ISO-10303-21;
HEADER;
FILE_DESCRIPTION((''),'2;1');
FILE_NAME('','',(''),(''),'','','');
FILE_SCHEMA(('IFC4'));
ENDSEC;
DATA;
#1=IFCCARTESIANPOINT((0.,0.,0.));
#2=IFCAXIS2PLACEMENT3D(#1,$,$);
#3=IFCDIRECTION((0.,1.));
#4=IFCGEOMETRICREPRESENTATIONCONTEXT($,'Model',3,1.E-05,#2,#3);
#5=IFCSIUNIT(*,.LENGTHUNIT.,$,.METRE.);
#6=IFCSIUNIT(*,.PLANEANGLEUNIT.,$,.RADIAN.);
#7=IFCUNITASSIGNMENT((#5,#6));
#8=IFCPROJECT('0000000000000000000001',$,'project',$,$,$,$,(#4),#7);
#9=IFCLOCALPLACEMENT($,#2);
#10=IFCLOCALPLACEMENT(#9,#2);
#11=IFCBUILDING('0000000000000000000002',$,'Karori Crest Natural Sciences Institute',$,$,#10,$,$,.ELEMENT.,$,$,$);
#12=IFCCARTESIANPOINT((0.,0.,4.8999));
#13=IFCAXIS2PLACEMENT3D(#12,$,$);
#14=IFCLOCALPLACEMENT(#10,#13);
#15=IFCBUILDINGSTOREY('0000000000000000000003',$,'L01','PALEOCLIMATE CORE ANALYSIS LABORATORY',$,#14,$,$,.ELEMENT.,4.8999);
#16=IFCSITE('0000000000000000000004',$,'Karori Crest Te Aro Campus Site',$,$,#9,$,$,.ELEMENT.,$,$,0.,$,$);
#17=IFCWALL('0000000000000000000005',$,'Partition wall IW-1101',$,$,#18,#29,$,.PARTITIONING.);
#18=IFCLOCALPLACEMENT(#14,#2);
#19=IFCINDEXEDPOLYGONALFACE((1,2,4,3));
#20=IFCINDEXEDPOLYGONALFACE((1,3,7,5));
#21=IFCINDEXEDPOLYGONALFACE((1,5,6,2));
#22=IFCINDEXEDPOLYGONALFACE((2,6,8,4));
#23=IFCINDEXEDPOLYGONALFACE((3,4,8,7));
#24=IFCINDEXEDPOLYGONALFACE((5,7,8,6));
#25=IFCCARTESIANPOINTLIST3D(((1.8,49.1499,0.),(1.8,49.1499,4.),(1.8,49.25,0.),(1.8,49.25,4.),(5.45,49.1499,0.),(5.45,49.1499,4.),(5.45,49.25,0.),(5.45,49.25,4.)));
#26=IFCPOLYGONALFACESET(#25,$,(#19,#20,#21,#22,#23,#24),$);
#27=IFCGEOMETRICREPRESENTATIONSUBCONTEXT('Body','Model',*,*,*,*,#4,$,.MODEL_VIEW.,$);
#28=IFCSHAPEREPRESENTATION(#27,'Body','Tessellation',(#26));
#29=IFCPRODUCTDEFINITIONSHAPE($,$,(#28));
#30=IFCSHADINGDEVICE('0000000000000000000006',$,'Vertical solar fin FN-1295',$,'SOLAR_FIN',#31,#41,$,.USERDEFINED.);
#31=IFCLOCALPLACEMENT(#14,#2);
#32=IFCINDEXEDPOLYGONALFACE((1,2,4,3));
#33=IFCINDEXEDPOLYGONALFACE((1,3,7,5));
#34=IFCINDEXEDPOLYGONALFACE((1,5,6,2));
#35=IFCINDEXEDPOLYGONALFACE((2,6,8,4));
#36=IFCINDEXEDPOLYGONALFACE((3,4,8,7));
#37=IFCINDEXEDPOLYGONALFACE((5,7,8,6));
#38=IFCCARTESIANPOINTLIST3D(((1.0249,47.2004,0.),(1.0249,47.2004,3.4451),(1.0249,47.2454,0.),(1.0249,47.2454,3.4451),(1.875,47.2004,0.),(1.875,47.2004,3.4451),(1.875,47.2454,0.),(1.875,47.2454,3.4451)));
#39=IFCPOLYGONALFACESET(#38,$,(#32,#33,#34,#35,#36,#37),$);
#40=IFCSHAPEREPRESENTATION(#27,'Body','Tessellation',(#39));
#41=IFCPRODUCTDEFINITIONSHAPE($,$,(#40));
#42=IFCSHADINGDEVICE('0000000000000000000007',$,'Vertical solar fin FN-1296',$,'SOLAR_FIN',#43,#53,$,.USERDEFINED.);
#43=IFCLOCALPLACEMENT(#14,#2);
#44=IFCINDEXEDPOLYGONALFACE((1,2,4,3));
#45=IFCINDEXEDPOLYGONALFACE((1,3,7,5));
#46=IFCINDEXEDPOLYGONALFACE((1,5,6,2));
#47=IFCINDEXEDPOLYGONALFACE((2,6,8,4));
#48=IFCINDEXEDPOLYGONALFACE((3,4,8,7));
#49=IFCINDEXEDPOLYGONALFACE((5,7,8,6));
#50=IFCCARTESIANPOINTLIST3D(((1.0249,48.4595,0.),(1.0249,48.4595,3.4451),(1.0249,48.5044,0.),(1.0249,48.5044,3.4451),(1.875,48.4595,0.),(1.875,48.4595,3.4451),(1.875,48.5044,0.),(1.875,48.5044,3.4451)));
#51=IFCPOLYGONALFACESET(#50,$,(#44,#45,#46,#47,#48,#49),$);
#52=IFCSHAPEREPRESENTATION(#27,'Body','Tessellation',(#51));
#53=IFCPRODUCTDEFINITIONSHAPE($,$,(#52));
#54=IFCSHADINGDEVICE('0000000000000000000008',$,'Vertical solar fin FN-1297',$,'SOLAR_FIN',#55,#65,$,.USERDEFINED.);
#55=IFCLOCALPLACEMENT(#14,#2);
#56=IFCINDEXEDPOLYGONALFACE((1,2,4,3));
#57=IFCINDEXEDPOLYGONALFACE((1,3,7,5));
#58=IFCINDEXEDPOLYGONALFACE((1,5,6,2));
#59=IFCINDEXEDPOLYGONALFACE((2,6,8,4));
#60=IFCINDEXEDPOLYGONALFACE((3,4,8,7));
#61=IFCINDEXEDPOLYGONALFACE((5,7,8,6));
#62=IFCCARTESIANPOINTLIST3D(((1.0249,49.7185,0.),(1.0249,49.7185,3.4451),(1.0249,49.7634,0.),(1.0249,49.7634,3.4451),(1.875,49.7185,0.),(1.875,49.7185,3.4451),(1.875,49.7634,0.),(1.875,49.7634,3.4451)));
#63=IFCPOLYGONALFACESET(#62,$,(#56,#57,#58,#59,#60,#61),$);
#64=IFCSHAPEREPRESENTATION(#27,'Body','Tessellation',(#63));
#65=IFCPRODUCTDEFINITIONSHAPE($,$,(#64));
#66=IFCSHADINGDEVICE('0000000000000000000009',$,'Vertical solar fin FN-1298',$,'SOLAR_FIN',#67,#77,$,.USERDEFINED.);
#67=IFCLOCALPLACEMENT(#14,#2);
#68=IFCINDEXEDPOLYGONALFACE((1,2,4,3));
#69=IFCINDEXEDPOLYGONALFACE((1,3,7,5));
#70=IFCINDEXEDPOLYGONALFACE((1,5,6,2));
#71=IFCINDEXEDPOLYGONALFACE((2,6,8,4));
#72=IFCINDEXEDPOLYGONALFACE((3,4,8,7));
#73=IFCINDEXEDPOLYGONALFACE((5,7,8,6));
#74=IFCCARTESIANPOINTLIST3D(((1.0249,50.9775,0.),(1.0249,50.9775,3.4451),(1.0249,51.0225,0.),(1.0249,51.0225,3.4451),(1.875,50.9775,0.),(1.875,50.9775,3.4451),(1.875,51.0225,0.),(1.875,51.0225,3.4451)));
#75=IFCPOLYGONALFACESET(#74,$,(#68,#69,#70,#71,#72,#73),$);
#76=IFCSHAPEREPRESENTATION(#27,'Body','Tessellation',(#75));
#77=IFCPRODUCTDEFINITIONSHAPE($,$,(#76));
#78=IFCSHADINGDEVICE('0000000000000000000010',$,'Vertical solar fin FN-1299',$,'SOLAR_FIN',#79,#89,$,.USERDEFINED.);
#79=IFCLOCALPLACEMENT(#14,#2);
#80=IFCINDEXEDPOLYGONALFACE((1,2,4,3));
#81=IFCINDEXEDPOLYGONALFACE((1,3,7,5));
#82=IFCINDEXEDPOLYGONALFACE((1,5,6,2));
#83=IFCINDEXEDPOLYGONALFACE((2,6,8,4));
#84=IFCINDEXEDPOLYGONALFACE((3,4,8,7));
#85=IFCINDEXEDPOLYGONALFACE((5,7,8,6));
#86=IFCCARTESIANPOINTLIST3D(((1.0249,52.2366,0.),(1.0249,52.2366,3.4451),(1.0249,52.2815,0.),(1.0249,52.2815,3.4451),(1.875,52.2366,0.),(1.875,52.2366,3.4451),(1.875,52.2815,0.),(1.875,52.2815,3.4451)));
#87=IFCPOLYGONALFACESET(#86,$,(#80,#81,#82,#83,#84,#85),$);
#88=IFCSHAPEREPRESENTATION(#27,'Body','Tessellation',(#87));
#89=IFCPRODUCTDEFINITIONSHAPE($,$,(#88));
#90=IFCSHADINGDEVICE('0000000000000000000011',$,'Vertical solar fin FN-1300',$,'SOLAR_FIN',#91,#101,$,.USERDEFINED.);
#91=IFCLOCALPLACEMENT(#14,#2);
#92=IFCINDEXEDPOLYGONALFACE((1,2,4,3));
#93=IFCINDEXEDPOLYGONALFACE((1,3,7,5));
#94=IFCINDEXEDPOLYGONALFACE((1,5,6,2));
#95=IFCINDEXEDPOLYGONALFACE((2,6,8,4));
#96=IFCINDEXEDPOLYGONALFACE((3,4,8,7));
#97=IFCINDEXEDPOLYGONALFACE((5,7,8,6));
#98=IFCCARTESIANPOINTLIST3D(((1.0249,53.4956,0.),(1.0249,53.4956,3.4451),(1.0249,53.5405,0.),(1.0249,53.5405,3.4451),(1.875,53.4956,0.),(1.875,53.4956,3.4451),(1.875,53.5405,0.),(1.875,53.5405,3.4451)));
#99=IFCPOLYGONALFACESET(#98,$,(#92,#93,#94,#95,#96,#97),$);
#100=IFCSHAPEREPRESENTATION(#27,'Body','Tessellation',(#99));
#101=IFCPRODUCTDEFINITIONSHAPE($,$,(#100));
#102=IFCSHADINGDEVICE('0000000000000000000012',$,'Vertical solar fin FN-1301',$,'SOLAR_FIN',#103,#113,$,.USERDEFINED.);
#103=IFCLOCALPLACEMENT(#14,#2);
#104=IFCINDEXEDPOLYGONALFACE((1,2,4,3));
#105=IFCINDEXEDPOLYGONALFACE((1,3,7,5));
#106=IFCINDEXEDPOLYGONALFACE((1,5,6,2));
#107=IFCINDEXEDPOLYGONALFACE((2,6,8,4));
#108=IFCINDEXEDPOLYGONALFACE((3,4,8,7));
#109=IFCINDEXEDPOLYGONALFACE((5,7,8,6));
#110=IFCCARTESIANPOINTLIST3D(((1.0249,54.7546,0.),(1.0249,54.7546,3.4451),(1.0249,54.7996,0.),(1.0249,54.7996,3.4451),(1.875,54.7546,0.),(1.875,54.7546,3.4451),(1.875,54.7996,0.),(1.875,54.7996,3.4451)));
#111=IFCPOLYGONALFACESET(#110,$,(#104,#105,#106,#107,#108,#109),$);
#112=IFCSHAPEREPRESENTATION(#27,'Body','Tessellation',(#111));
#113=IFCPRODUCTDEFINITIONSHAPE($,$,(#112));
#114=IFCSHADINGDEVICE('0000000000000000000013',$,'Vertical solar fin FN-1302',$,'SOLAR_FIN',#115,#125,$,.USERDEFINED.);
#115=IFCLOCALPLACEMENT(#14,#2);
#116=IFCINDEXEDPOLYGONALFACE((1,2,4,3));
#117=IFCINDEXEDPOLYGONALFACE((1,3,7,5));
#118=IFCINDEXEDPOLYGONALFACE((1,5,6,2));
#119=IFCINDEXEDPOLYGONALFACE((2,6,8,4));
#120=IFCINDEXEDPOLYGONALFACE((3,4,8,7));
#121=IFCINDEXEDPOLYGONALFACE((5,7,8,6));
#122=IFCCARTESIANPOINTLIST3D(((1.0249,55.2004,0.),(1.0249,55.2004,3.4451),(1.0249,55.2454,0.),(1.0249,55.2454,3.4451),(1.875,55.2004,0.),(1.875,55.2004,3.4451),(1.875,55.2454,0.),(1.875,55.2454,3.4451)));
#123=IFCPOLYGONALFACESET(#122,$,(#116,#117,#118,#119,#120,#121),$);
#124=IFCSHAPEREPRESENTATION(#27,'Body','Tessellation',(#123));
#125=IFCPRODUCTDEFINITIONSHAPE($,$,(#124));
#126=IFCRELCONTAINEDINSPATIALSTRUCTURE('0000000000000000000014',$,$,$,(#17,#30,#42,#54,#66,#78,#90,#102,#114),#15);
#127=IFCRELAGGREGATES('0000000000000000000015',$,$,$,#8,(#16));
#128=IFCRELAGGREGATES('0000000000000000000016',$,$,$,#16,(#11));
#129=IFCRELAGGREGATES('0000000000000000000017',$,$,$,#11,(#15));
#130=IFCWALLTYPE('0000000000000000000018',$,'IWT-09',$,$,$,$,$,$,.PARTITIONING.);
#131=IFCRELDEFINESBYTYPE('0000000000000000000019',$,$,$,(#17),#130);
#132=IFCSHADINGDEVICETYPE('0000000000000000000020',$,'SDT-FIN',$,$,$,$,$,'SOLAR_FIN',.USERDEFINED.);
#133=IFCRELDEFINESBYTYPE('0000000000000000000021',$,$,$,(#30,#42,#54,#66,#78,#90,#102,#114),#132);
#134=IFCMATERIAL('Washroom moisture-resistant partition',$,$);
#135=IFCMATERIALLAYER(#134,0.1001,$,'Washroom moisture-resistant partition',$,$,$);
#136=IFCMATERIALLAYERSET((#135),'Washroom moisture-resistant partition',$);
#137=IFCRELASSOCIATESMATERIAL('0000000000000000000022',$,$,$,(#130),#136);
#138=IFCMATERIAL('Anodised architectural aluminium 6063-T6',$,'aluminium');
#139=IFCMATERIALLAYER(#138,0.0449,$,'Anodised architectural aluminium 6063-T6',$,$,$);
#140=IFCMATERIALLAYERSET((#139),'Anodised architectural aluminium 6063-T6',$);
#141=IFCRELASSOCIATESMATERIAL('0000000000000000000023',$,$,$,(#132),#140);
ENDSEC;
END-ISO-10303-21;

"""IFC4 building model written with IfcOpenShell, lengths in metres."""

from ifc_helpers import new_model, si_unit, direction, frame, frame_2d, origin, origin_2d, place, context, subcontext, project, spatial, rectangle, extrude, material, layer, layer_set, type_object, element, save


model = new_model("IFC4")

# Units and contexts
model_context = context("Model", 3, precision=1e-05, world=origin(), true_north=direction((0.0, 1.0)))
body_context = subcontext(model_context, "Body", "Model", "MODEL_VIEW")
ifc_project = project(units=[si_unit("LENGTHUNIT", "METRE"), si_unit("PLANEANGLEUNIT", "RADIAN")], contexts=[model_context])

# Site, building, storey
site_placement = place(None, origin())
site = spatial("IfcSite", under=ifc_project, at=site_placement, Name="Karori Crest Te Aro Campus Site", CompositionType="ELEMENT", RefElevation=0.0)
building_placement = place(site_placement, origin())
building = spatial("IfcBuilding", under=site, at=building_placement, Name="Karori Crest Natural Sciences Institute", CompositionType="ELEMENT")
storey_placement = place(building_placement, frame((0.0, 0.0, 4.8999)))
storey = spatial("IfcBuildingStorey", under=building, at=storey_placement, Name="L01", Description="PALEOCLIMATE CORE ANALYSIS LABORATORY", CompositionType="ELEMENT", Elevation=4.8999)

# Shared definitions
ifc_material_1 = material(Name="Anodised architectural aluminium 6063-T6", Category="aluminium")

# Wall
ifc_material_2 = material(Name="Washroom moisture-resistant partition")
ifc_layer_1 = layer(ifc_material_2, 0.1001, Name="Washroom moisture-resistant partition")
ifc_layer_set_1 = layer_set([ifc_layer_1], Name="Washroom moisture-resistant partition")
wall_type = type_object("IfcWallType", Name="IWT-09", PredefinedType="PARTITIONING", material=ifc_layer_set_1)
wall_placement = place(storey_placement, frame((1.8, 49.2, 0.0), z_axis=(0.0, 0.0, 1.0), x_axis=(1.0, 0.0, 0.0)))
element("IfcWall", 1, at=wall_placement, inside=storey, type_object=wall_type, Name="Partition wall IW-1101", PredefinedType="PARTITIONING", context=body_context, shape_type="SweptSolid", body=[
    extrude(rectangle(XDim=3.6499, YDim=0.1001, at=frame_2d((1.825, 0.0))), origin(), (0.0, 0.0, 1.0), 4.0),
])

# Shading devices
ifc_layer_2 = layer(ifc_material_1, 0.0449, Name="Anodised architectural aluminium 6063-T6")
ifc_layer_set_2 = layer_set([ifc_layer_2], Name="Anodised architectural aluminium 6063-T6")
shading_device_type = type_object("IfcShadingDeviceType", Name="SDT-FIN", ElementType="SOLAR_FIN", PredefinedType="USERDEFINED", material=ifc_layer_set_2)
for number, where, z_axis, x_axis, name in (
    (2, (1.45, 47.2229, 0.0), (0.0, 0.0, 1.0), (-1.0, 0.0, 0.0), "Vertical solar fin FN-1295"),
    (3, (1.45, 48.4819, 0.0), (0.0, 0.0, 1.0), (-1.0, 0.0, 0.0), "Vertical solar fin FN-1296"),
    (4, (1.45, 49.741, 0.0), (0.0, 0.0, 1.0), (-1.0, 0.0, 0.0), "Vertical solar fin FN-1297"),
    (5, (1.45, 51.0, 0.0), (0.0, 0.0, 1.0), (-1.0, 0.0, 0.0), "Vertical solar fin FN-1298"),
    (6, (1.45, 52.259, 0.0), (0.0, 0.0, 1.0), (-1.0, 0.0, 0.0), "Vertical solar fin FN-1299"),
    (7, (1.45, 53.5181, 0.0), (0.0, 0.0, 1.0), (-1.0, 0.0, 0.0), "Vertical solar fin FN-1300"),
    (8, (1.45, 54.7771, 0.0), (0.0, 0.0, 1.0), (-1.0, 0.0, 0.0), "Vertical solar fin FN-1301"),
    (9, (1.45, 55.2229, 0.0), (0.0, 0.0, 1.0), (-1.0, 0.0, 0.0), "Vertical solar fin FN-1302"),
):
    element("IfcShadingDevice", number, at=place(storey_placement, frame(where, z_axis=z_axis, x_axis=x_axis)), inside=storey, type_object=shading_device_type, Name=name, ObjectType="SOLAR_FIN", PredefinedType="USERDEFINED", context=body_context, shape_type="SweptSolid", body=[
        extrude(rectangle(XDim=0.8501, YDim=0.0449, at=origin_2d()), origin(), (0.0, 0.0, 1.0), 3.4451),
    ])

save(model, "model.ifc")
